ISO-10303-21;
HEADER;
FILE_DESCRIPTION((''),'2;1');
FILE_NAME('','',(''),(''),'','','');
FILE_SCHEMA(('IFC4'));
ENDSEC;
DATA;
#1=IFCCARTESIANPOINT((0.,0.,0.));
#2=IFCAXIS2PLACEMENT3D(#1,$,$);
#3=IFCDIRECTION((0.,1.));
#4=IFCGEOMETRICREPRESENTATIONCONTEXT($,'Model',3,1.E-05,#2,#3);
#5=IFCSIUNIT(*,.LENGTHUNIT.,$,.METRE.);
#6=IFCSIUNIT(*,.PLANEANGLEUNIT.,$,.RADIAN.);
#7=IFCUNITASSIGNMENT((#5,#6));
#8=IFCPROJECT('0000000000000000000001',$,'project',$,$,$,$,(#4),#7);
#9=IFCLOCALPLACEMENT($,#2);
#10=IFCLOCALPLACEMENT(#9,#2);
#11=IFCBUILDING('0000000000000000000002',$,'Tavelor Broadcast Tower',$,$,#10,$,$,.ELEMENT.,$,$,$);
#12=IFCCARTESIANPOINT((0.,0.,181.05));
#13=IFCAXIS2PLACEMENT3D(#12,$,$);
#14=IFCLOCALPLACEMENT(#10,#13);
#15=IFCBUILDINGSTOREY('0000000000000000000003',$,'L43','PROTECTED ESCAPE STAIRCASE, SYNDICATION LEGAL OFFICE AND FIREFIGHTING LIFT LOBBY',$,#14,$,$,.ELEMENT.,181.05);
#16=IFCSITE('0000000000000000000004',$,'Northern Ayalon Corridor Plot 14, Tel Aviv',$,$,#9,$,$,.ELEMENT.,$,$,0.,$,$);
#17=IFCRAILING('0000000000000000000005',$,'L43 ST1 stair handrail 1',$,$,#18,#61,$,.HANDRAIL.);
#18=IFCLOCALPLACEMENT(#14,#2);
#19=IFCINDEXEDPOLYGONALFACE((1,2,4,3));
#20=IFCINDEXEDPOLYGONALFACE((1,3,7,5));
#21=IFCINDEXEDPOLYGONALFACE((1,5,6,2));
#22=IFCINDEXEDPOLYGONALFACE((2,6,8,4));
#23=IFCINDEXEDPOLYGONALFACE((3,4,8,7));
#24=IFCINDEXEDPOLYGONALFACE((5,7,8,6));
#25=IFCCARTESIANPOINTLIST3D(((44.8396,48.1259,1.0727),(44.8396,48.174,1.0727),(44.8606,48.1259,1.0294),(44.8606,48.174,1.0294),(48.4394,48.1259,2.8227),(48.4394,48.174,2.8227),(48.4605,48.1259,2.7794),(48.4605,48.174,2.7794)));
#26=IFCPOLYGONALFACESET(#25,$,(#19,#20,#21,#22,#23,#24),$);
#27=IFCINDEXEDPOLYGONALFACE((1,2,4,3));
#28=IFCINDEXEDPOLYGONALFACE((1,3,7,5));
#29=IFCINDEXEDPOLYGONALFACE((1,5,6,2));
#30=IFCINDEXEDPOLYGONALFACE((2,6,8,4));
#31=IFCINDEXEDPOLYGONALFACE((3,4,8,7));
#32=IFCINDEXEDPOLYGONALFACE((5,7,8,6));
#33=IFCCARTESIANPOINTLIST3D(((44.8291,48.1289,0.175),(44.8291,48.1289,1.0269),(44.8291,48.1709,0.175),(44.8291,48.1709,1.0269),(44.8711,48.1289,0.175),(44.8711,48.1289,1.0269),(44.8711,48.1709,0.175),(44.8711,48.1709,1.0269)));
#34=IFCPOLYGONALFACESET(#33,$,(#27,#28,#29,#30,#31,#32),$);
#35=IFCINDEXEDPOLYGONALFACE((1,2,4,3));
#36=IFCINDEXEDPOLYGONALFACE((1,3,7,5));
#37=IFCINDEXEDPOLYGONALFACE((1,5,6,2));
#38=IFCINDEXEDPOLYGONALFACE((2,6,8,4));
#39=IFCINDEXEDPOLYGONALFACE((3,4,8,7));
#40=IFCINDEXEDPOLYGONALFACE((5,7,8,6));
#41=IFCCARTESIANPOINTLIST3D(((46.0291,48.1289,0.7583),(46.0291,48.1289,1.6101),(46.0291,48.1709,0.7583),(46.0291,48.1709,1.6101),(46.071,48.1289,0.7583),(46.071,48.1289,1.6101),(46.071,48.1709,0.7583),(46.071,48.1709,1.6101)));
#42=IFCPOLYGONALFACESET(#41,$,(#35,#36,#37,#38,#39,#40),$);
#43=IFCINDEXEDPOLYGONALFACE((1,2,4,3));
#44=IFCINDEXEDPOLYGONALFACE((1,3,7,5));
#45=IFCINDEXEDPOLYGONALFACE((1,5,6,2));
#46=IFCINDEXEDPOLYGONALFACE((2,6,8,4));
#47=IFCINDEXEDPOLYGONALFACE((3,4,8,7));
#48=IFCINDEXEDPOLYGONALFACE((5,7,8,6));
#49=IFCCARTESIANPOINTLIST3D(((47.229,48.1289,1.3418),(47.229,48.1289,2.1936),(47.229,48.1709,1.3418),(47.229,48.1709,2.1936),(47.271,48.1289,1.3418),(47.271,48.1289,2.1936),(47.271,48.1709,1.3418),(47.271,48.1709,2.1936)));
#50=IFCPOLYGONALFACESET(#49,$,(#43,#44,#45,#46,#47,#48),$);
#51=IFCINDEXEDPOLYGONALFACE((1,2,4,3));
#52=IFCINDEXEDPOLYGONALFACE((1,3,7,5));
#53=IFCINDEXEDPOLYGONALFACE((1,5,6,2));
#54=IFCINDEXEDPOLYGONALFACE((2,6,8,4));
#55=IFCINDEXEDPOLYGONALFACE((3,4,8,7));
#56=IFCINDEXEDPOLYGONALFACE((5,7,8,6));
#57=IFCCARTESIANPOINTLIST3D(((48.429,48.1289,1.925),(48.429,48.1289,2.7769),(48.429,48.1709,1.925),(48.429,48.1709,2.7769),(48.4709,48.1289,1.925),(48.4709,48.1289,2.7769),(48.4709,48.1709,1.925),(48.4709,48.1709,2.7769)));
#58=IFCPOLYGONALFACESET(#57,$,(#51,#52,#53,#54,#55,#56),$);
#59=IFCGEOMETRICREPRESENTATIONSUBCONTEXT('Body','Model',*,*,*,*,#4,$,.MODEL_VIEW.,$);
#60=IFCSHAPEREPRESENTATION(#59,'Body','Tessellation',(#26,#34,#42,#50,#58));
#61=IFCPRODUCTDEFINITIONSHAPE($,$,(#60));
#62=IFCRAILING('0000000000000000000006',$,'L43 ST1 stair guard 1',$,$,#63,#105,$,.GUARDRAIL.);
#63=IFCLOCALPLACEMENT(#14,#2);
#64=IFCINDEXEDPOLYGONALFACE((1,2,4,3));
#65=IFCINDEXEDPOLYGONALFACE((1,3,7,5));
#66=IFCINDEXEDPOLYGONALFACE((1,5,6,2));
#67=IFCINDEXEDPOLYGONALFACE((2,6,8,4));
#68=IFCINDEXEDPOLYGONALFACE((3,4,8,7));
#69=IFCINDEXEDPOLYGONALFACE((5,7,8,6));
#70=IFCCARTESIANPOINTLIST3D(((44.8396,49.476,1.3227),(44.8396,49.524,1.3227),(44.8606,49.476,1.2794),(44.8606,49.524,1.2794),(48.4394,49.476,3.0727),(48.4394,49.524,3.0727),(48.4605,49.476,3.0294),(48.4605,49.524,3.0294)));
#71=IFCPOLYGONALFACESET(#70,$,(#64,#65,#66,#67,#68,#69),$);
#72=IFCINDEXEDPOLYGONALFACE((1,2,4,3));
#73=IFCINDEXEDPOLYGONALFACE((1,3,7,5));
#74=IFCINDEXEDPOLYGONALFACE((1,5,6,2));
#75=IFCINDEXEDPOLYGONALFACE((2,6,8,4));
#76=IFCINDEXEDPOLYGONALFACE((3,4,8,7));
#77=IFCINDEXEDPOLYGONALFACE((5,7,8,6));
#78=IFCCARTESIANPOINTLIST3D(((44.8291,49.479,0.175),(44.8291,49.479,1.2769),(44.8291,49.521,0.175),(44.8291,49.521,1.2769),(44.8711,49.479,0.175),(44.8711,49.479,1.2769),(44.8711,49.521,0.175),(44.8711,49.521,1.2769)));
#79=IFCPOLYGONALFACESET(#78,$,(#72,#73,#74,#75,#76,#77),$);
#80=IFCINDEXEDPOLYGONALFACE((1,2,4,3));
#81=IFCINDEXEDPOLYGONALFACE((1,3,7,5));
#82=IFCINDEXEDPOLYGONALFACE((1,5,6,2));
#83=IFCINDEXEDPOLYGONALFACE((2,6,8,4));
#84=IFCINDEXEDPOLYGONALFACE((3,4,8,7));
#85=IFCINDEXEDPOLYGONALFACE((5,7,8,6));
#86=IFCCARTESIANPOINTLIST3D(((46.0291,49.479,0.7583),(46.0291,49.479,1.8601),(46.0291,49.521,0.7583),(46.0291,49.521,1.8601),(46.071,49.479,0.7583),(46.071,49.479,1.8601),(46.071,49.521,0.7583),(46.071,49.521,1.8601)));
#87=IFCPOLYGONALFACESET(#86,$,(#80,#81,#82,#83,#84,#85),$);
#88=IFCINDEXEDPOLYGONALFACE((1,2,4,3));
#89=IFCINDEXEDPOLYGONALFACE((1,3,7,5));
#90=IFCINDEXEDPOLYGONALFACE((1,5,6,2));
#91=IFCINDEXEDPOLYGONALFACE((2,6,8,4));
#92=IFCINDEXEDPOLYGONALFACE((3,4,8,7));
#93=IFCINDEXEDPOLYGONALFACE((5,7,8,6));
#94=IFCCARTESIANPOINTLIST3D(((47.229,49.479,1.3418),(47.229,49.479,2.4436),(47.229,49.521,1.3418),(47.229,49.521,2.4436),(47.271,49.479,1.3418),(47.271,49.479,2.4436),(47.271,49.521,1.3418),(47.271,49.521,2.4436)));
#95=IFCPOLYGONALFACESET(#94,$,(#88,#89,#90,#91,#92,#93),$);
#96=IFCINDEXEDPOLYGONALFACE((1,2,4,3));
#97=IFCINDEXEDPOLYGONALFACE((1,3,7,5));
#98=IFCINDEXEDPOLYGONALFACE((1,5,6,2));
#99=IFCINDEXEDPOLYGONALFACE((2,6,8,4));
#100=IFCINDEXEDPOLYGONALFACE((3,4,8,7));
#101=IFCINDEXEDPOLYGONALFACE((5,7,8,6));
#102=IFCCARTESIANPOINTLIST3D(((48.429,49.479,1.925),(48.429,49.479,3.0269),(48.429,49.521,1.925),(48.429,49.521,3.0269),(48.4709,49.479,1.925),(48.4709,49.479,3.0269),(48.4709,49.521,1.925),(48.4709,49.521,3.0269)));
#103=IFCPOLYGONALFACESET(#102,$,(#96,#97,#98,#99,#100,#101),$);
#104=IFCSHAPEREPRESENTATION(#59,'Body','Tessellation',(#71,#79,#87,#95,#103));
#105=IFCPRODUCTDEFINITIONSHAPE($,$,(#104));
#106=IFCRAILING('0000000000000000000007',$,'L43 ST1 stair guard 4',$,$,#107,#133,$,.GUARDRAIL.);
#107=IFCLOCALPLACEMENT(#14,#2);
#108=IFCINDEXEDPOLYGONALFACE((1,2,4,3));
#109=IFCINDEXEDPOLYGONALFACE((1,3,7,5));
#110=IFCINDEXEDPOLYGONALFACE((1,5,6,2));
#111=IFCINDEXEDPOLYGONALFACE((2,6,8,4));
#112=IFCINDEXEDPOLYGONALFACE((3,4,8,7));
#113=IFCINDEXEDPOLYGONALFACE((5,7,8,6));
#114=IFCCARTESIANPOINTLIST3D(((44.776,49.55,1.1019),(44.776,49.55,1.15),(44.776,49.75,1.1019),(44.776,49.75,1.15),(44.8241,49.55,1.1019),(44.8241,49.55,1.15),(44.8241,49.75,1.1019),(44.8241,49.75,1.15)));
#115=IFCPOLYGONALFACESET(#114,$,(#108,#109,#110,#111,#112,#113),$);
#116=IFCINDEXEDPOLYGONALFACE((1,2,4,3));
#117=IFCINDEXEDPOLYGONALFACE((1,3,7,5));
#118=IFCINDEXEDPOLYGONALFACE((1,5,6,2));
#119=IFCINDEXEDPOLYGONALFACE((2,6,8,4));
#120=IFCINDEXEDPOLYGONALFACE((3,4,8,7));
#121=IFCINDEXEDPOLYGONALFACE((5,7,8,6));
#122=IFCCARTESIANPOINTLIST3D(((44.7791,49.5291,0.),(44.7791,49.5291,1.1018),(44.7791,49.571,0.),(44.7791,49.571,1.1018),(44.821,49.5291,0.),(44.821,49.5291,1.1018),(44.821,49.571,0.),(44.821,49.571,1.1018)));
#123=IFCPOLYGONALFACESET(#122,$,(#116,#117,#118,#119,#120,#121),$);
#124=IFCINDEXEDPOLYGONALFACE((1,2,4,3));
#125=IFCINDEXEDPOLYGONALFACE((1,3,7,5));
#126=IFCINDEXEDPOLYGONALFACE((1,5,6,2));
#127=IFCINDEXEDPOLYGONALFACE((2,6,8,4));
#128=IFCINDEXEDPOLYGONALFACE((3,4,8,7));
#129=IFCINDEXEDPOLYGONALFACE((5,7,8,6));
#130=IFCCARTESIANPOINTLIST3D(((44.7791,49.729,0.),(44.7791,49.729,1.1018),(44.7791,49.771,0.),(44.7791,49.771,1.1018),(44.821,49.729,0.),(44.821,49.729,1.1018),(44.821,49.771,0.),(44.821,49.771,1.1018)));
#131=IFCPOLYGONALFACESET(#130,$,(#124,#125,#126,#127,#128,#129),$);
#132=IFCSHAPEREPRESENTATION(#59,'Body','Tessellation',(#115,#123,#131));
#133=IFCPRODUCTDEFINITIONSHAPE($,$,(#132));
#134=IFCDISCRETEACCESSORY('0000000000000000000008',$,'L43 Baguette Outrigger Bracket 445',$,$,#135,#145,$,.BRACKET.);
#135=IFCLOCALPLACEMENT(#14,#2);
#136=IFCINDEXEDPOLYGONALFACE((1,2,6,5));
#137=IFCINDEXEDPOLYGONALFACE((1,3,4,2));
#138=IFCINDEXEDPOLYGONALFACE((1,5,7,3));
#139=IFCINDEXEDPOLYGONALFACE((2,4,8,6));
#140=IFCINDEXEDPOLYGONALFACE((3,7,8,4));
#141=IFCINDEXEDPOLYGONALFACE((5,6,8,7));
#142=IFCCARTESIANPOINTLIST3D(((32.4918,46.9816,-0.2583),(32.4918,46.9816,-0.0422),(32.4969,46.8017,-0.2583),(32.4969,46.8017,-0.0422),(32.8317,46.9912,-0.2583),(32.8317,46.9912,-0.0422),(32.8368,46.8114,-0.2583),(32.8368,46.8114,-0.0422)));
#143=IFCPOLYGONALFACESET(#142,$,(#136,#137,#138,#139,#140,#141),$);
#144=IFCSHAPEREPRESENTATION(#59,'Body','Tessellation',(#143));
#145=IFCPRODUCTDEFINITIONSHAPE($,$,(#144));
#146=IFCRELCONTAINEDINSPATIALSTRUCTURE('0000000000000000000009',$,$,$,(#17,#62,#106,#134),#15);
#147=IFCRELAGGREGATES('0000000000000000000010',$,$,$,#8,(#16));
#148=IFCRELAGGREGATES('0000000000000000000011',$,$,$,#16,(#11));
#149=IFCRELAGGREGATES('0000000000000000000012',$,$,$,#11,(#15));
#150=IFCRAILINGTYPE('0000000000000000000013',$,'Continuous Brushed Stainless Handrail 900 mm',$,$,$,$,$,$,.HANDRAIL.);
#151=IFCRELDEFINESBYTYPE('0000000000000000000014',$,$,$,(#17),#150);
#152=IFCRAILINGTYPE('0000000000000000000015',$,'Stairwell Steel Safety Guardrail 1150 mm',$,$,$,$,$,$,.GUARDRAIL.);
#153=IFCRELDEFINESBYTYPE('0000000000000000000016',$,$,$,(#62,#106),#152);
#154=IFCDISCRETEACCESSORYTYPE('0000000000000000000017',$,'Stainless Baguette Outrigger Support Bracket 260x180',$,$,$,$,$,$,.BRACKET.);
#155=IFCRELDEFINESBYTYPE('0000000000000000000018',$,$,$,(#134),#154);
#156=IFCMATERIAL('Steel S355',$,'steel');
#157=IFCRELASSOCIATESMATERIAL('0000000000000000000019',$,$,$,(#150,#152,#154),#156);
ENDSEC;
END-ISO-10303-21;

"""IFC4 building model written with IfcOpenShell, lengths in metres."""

from ifc_helpers import new_model, si_unit, direction, frame, origin, origin_2d, place, context, subcontext, project, spatial, rectangle, extrude, source, transform, mapped, material, type_object, type_shapes, element, save


model = new_model("IFC4")

# Units and contexts
model_context = context("Model", 3, precision=1e-05, world=origin(), true_north=direction((0.0, 1.0)))
body_context = subcontext(model_context, "Body", "Model", "MODEL_VIEW")
ifc_project = project(units=[si_unit("LENGTHUNIT", "METRE"), si_unit("PLANEANGLEUNIT", "RADIAN")], contexts=[model_context])

# Site, building, storey
site_placement = place(None, origin())
site = spatial("IfcSite", under=ifc_project, at=site_placement, Name="Northern Ayalon Corridor Plot 14, Tel Aviv", CompositionType="ELEMENT", RefElevation=0.0)
building_placement = place(site_placement, origin())
building = spatial("IfcBuilding", under=site, at=building_placement, Name="Tavelor Broadcast Tower", CompositionType="ELEMENT")
storey_placement = place(building_placement, frame((0.0, 0.0, 181.05)))
storey = spatial("IfcBuildingStorey", under=building, at=storey_placement, Name="L43", Description="PROTECTED ESCAPE STAIRCASE, SYNDICATION LEGAL OFFICE AND FIREFIGHTING LIFT LOBBY", CompositionType="ELEMENT", Elevation=181.05)

# Shared definitions
ifc_material_1 = material(Name="Steel S355", Category="steel")

# Railings
railing_type_1 = type_object("IfcRailingType", Name="Continuous Brushed Stainless Handrail 900 mm", PredefinedType="HANDRAIL", material=ifc_material_1)
railing_1_placement = place(storey_placement, frame((44.8501, 48.1499, 0.175)))
element("IfcRailing", 1, at=railing_1_placement, inside=storey, type_object=railing_type_1, Name="L43 ST1 stair handrail 1", PredefinedType="HANDRAIL", context=body_context, shape_type="SweptSolid", body=[
    extrude(rectangle(XDim=0.0481, YDim=0.0481, at=origin_2d()), frame((0.0, 0.0, 0.876), z_axis=(0.899361, 0.0, 0.437207), x_axis=(0.0, 1.0, 0.0)), (0.0, 0.0, 1.0), 4.0027),
    extrude(rectangle(XDim=0.042, YDim=0.042, at=origin_2d()), origin(), (0.0, 0.0, 1.0), 0.8518),
    extrude(rectangle(XDim=0.042, YDim=0.042, at=origin_2d()), frame((1.2, 0.0, 0.5833)), (0.0, 0.0, 1.0), 0.8518),
    extrude(rectangle(XDim=0.042, YDim=0.042, at=origin_2d()), frame((2.3999, 0.0, 1.1667)), (0.0, 0.0, 1.0), 0.8518),
    extrude(rectangle(XDim=0.042, YDim=0.042, at=origin_2d()), frame((3.5999, 0.0, 1.75)), (0.0, 0.0, 1.0), 0.8518),
])
railing_type_2 = type_object("IfcRailingType", Name="Stairwell Steel Safety Guardrail 1150 mm", PredefinedType="GUARDRAIL", material=ifc_material_1)
railing_2_placement = place(storey_placement, frame((44.8501, 49.5, 0.175)))
element("IfcRailing", 2, at=railing_2_placement, inside=storey, type_object=railing_type_2, Name="L43 ST1 stair guard 1", PredefinedType="GUARDRAIL", context=body_context, shape_type="SweptSolid", body=[
    extrude(rectangle(XDim=0.0481, YDim=0.0481, at=origin_2d()), frame((0.0, 0.0, 1.126), z_axis=(0.899361, 0.0, 0.437207), x_axis=(0.0, 1.0, 0.0)), (0.0, 0.0, 1.0), 4.0027),
    extrude(rectangle(XDim=0.042, YDim=0.042, at=origin_2d()), origin(), (0.0, 0.0, 1.0), 1.1018),
    extrude(rectangle(XDim=0.042, YDim=0.042, at=origin_2d()), frame((1.2, 0.0, 0.5833)), (0.0, 0.0, 1.0), 1.1018),
    extrude(rectangle(XDim=0.042, YDim=0.042, at=origin_2d()), frame((2.3999, 0.0, 1.1667)), (0.0, 0.0, 1.0), 1.1018),
    extrude(rectangle(XDim=0.042, YDim=0.042, at=origin_2d()), frame((3.5999, 0.0, 1.75)), (0.0, 0.0, 1.0), 1.1018),
])
railing_3_placement = place(storey_placement, frame((44.8, 49.55, 0.0)))
element("IfcRailing", 3, at=railing_3_placement, inside=storey, type_object=railing_type_2, Name="L43 ST1 stair guard 4", PredefinedType="GUARDRAIL", context=body_context, shape_type="SweptSolid", body=[
    extrude(rectangle(XDim=0.0481, YDim=0.0481, at=origin_2d()), frame((0.0, 0.0, 1.126), z_axis=(0.0, 1.0, 0.0), x_axis=(-1.0, 0.0, 0.0)), (0.0, 0.0, 1.0), 0.2),
    extrude(rectangle(XDim=0.042, YDim=0.042, at=origin_2d()), origin(), (0.0, 0.0, 1.0), 1.1018),
    extrude(rectangle(XDim=0.042, YDim=0.042, at=origin_2d()), frame((0.0, 0.2, 0.0)), (0.0, 0.0, 1.0), 1.1018),
])

# Discrete accessory
discrete_accessory_type = type_object("IfcDiscreteAccessoryType", Name="Stainless Baguette Outrigger Support Bracket 260x180", PredefinedType="BRACKET", material=ifc_material_1)
shared_shape_1 = source(origin(), body_context, "Body", "SweptSolid", [
    extrude(rectangle(XDim=0.1799, YDim=0.3401, at=origin_2d()), origin(), (0.0, 0.0, 1.0), 0.2161),
])
type_shapes(discrete_accessory_type, [shared_shape_1])
discrete_accessory_placement = place(storey_placement, frame((32.6643, 46.8965, -0.2583), z_axis=(0.0, 0.0, 1.0), x_axis=(0.028271, -0.9996, 0.0)))
element("IfcDiscreteAccessory", 4, at=discrete_accessory_placement, inside=storey, type_object=discrete_accessory_type, Name="L43 Baguette Outrigger Bracket 445", PredefinedType="BRACKET", context=body_context, shape_type="MappedRepresentation", body=[
    mapped(shared_shape_1, transform((0.0, 0.0, 0.0), scale=1.0)),
])

save(model, "model.ifc")
